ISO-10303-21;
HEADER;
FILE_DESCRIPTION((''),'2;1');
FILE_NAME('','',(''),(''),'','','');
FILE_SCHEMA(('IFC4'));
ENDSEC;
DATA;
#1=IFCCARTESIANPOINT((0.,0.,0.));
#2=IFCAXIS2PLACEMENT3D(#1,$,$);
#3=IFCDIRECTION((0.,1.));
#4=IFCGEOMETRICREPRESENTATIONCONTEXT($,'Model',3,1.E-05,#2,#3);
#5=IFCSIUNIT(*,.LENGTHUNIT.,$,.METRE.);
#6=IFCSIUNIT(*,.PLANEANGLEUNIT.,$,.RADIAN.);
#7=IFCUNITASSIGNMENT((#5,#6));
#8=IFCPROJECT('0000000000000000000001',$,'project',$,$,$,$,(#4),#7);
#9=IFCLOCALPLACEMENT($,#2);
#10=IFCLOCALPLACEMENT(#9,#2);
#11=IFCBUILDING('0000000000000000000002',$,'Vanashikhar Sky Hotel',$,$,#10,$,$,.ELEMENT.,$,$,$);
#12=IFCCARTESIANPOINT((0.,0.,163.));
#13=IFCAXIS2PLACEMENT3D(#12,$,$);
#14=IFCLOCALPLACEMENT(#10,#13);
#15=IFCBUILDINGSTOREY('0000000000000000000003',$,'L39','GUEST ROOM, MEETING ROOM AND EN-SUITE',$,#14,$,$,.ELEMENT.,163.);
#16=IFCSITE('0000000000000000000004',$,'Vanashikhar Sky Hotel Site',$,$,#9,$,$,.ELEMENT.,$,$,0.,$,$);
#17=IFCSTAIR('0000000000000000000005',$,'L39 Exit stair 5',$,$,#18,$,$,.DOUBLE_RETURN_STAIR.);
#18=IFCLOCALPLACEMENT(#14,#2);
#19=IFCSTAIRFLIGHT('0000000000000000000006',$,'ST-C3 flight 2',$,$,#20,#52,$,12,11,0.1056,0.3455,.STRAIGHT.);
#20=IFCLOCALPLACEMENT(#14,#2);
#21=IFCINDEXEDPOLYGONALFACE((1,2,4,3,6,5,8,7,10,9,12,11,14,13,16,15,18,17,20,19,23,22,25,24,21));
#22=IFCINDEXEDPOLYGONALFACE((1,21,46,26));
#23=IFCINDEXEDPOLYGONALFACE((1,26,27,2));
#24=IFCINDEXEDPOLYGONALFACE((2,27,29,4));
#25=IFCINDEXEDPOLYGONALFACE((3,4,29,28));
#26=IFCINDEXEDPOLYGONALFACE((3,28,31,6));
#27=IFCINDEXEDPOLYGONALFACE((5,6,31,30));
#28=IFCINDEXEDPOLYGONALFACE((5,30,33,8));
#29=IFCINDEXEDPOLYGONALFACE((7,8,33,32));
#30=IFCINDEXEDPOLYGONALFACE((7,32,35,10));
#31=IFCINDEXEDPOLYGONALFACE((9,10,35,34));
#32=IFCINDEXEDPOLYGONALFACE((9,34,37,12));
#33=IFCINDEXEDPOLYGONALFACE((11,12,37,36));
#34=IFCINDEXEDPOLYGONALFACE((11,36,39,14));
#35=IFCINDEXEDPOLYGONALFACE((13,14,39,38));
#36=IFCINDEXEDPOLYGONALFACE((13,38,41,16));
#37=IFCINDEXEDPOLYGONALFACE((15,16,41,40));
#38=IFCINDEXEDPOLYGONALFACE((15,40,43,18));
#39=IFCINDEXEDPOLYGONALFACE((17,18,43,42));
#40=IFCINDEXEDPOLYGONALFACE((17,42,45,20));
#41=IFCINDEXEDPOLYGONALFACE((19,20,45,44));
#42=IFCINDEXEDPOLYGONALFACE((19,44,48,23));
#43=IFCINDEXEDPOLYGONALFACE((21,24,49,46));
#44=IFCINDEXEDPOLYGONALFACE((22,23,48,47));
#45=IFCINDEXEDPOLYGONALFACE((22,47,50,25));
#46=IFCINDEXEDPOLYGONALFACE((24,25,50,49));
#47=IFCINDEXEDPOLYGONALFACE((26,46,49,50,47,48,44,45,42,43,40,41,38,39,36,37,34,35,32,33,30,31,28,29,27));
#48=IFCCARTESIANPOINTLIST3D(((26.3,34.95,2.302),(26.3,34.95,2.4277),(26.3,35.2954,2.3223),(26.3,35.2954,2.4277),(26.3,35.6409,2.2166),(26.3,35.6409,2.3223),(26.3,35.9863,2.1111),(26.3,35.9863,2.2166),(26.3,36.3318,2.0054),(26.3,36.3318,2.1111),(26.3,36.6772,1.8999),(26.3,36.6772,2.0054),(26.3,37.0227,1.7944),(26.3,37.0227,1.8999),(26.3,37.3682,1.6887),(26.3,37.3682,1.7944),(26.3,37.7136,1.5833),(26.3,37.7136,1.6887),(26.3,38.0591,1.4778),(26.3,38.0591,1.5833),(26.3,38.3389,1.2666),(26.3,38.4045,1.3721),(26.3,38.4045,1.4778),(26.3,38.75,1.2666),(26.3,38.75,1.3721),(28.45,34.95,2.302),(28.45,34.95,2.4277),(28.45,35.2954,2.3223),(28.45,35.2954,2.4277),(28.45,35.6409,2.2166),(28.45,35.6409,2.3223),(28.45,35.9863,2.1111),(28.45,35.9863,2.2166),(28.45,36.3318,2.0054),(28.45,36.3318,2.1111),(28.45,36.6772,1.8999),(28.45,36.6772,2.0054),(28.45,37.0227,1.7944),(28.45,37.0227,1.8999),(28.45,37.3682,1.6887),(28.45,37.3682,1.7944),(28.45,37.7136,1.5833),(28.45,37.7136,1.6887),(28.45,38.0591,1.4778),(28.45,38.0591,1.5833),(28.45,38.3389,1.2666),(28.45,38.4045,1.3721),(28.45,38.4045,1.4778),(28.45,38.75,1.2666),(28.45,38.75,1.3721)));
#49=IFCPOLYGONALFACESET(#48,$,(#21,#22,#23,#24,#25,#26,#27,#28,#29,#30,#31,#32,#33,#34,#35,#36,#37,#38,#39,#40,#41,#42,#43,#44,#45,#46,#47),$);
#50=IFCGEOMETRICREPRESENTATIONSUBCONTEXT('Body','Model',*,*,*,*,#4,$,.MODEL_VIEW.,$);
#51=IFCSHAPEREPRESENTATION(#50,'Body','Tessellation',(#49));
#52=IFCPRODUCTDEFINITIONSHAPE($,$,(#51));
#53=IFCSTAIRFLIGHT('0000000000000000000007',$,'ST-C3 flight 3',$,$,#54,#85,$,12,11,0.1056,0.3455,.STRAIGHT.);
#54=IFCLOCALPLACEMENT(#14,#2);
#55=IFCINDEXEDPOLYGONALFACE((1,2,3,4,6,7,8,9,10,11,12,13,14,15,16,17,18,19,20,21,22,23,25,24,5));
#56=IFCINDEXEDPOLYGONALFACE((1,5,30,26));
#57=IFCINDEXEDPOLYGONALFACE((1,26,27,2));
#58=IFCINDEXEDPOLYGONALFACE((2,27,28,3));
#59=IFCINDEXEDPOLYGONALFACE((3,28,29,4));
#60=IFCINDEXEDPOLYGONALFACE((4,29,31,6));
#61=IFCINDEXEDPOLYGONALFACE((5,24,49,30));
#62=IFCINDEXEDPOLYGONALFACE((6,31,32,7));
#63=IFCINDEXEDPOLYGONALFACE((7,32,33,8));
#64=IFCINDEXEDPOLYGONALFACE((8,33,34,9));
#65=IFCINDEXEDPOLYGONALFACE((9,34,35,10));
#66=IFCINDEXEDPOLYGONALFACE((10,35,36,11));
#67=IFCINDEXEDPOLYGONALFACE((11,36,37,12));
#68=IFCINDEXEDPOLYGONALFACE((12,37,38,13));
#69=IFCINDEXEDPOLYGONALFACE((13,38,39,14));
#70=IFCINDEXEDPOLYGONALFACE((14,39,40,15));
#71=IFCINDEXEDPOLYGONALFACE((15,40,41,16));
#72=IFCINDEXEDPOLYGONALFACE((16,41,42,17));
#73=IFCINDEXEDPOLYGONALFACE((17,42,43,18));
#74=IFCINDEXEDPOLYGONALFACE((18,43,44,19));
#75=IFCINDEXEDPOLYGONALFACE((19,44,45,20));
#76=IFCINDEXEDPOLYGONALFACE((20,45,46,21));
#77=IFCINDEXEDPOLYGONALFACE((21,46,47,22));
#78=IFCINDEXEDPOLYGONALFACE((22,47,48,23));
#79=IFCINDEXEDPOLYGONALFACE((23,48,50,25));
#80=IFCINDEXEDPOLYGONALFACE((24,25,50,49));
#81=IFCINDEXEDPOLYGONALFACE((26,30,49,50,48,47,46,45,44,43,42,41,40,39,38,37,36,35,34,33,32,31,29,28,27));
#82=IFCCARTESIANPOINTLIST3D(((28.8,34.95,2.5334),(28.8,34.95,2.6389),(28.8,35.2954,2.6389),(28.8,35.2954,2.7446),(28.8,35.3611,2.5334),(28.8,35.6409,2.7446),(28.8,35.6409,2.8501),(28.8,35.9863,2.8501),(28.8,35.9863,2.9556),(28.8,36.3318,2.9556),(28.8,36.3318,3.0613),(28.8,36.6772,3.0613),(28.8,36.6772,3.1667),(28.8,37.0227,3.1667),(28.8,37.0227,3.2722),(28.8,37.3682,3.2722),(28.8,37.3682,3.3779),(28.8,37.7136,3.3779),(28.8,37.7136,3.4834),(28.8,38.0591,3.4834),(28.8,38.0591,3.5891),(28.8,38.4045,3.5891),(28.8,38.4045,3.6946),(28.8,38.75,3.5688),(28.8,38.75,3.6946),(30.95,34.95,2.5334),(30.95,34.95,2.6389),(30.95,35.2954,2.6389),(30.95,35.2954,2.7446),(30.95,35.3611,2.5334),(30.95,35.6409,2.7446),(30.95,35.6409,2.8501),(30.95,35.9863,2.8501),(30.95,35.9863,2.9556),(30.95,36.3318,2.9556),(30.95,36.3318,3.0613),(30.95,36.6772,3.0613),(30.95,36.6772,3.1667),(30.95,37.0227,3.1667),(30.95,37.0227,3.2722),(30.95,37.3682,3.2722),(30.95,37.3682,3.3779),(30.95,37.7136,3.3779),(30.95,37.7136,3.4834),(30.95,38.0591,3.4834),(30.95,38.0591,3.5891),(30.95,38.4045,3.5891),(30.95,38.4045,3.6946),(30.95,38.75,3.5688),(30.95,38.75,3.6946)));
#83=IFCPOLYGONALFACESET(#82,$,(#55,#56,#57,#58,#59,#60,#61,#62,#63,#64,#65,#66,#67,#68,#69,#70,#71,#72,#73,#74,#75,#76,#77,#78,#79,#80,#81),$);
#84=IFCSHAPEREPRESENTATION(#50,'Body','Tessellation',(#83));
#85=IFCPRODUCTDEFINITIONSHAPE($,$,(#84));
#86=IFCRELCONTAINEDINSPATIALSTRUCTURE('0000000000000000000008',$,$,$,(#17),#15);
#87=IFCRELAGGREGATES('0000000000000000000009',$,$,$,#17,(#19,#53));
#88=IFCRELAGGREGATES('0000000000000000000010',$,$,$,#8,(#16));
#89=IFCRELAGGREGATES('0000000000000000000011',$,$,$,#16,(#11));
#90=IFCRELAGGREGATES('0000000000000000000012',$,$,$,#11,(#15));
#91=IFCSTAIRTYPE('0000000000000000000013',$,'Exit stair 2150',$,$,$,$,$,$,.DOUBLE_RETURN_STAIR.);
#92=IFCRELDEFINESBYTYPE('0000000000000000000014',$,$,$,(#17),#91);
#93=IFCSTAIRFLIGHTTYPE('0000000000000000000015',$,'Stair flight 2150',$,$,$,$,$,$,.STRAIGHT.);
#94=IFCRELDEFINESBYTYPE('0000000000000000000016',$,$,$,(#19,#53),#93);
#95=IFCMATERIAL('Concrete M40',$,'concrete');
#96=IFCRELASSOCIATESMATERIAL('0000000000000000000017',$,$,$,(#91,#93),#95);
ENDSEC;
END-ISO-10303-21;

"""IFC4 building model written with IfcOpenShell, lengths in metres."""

from ifc_helpers import new_model, si_unit, direction, frame, origin, place, context, subcontext, project, spatial, polyline, outline, extrude, source, transform, mapped, material, type_object, element, aggregate, save


model = new_model("IFC4")

# Units and contexts
model_context = context("Model", 3, precision=1e-05, world=origin(), true_north=direction((0.0, 1.0)))
body_context = subcontext(model_context, "Body", "Model", "MODEL_VIEW")
ifc_project = project(units=[si_unit("LENGTHUNIT", "METRE"), si_unit("PLANEANGLEUNIT", "RADIAN")], contexts=[model_context])

# Site, building, storey
site_placement = place(None, origin())
site = spatial("IfcSite", under=ifc_project, at=site_placement, Name="Vanashikhar Sky Hotel Site", CompositionType="ELEMENT", RefElevation=0.0)
building_placement = place(site_placement, origin())
building = spatial("IfcBuilding", under=site, at=building_placement, Name="Vanashikhar Sky Hotel", CompositionType="ELEMENT")
storey_placement = place(building_placement, frame((0.0, 0.0, 163.0)))
storey = spatial("IfcBuildingStorey", under=building, at=storey_placement, Name="L39", Description="GUEST ROOM, MEETING ROOM AND EN-SUITE", CompositionType="ELEMENT", Elevation=163.0)

# Stair, stair flights
ifc_material_1 = material(Name="Concrete M40", Category="concrete")
stair_type = type_object("IfcStairType", Name="Exit stair 2150", PredefinedType="DOUBLE_RETURN_STAIR", material=ifc_material_1)
stair_placement = place(storey_placement, origin())
stair = element("IfcStair", 1, at=stair_placement, inside=storey, type_object=stair_type, Name="L39 Exit stair 5", PredefinedType="DOUBLE_RETURN_STAIR")
stair_flight_type = type_object("IfcStairFlightType", Name="Stair flight 2150", PredefinedType="STRAIGHT", material=ifc_material_1)
shared_shape_1 = source(origin(), body_context, "Body", "SweptSolid", [
    extrude(outline(polyline([(0.0, 0.0), (0.0, 0.1055), (0.3455, 0.1055), (0.3455, 0.2112), (0.6909, 0.2112), (0.6909, 0.3167), (1.0364, 0.3167), (1.0364, 0.4221), (1.3818, 0.4221), (1.3818, 0.5278), (1.7273, 0.5278), (1.7273, 0.6333), (2.0728, 0.6333), (2.0728, 0.7388), (2.4182, 0.7388), (2.4182, 0.8445), (2.7637, 0.8445), (2.7637, 0.95), (3.1091, 0.95), (3.1091, 1.0557), (3.4546, 1.0557), (3.4546, 1.1611), (3.8, 1.1611), (3.8, 1.2666), (3.8, 1.0354), (0.4111, 0.0), (0.0, 0.0)])), frame((0.0, 1.075, 0.0), z_axis=(0.0, -1.0, 0.0), x_axis=(1.0, 0.0, 0.0)), (0.0, 0.0, 1.0), 2.1499),
])
stair_flight_1_placement = place(storey_placement, frame((27.375, 38.75, 1.2666), z_axis=(0.0, 0.0, 1.0), x_axis=(0.0, -1.0, 0.0)))
stair_flight_1 = element("IfcStairFlight", 2, at=stair_flight_1_placement, type_object=stair_flight_type, Name="ST-C3 flight 2", NumberOfRisers=12, NumberOfTreads=11, PredefinedType="STRAIGHT", RiserHeight=0.1056, TreadLength=0.3455, context=body_context, shape_type="MappedRepresentation", body=[
    mapped(shared_shape_1, transform((0.0, 0.0, 0.0), scale=1.0)),
])
stair_flight_2_placement = place(storey_placement, frame((29.875, 34.95, 2.5334), z_axis=(0.0, 0.0, 1.0), x_axis=(0.0, 1.0, 0.0)))
stair_flight_2 = element("IfcStairFlight", 3, at=stair_flight_2_placement, type_object=stair_flight_type, Name="ST-C3 flight 3", NumberOfRisers=12, NumberOfTreads=11, PredefinedType="STRAIGHT", RiserHeight=0.1056, TreadLength=0.3455, context=body_context, shape_type="MappedRepresentation", body=[
    mapped(shared_shape_1, transform((0.0, 0.0, 0.0), scale=1.0)),
])
aggregate(stair, [stair_flight_1, stair_flight_2])

save(model, "model.ifc")
